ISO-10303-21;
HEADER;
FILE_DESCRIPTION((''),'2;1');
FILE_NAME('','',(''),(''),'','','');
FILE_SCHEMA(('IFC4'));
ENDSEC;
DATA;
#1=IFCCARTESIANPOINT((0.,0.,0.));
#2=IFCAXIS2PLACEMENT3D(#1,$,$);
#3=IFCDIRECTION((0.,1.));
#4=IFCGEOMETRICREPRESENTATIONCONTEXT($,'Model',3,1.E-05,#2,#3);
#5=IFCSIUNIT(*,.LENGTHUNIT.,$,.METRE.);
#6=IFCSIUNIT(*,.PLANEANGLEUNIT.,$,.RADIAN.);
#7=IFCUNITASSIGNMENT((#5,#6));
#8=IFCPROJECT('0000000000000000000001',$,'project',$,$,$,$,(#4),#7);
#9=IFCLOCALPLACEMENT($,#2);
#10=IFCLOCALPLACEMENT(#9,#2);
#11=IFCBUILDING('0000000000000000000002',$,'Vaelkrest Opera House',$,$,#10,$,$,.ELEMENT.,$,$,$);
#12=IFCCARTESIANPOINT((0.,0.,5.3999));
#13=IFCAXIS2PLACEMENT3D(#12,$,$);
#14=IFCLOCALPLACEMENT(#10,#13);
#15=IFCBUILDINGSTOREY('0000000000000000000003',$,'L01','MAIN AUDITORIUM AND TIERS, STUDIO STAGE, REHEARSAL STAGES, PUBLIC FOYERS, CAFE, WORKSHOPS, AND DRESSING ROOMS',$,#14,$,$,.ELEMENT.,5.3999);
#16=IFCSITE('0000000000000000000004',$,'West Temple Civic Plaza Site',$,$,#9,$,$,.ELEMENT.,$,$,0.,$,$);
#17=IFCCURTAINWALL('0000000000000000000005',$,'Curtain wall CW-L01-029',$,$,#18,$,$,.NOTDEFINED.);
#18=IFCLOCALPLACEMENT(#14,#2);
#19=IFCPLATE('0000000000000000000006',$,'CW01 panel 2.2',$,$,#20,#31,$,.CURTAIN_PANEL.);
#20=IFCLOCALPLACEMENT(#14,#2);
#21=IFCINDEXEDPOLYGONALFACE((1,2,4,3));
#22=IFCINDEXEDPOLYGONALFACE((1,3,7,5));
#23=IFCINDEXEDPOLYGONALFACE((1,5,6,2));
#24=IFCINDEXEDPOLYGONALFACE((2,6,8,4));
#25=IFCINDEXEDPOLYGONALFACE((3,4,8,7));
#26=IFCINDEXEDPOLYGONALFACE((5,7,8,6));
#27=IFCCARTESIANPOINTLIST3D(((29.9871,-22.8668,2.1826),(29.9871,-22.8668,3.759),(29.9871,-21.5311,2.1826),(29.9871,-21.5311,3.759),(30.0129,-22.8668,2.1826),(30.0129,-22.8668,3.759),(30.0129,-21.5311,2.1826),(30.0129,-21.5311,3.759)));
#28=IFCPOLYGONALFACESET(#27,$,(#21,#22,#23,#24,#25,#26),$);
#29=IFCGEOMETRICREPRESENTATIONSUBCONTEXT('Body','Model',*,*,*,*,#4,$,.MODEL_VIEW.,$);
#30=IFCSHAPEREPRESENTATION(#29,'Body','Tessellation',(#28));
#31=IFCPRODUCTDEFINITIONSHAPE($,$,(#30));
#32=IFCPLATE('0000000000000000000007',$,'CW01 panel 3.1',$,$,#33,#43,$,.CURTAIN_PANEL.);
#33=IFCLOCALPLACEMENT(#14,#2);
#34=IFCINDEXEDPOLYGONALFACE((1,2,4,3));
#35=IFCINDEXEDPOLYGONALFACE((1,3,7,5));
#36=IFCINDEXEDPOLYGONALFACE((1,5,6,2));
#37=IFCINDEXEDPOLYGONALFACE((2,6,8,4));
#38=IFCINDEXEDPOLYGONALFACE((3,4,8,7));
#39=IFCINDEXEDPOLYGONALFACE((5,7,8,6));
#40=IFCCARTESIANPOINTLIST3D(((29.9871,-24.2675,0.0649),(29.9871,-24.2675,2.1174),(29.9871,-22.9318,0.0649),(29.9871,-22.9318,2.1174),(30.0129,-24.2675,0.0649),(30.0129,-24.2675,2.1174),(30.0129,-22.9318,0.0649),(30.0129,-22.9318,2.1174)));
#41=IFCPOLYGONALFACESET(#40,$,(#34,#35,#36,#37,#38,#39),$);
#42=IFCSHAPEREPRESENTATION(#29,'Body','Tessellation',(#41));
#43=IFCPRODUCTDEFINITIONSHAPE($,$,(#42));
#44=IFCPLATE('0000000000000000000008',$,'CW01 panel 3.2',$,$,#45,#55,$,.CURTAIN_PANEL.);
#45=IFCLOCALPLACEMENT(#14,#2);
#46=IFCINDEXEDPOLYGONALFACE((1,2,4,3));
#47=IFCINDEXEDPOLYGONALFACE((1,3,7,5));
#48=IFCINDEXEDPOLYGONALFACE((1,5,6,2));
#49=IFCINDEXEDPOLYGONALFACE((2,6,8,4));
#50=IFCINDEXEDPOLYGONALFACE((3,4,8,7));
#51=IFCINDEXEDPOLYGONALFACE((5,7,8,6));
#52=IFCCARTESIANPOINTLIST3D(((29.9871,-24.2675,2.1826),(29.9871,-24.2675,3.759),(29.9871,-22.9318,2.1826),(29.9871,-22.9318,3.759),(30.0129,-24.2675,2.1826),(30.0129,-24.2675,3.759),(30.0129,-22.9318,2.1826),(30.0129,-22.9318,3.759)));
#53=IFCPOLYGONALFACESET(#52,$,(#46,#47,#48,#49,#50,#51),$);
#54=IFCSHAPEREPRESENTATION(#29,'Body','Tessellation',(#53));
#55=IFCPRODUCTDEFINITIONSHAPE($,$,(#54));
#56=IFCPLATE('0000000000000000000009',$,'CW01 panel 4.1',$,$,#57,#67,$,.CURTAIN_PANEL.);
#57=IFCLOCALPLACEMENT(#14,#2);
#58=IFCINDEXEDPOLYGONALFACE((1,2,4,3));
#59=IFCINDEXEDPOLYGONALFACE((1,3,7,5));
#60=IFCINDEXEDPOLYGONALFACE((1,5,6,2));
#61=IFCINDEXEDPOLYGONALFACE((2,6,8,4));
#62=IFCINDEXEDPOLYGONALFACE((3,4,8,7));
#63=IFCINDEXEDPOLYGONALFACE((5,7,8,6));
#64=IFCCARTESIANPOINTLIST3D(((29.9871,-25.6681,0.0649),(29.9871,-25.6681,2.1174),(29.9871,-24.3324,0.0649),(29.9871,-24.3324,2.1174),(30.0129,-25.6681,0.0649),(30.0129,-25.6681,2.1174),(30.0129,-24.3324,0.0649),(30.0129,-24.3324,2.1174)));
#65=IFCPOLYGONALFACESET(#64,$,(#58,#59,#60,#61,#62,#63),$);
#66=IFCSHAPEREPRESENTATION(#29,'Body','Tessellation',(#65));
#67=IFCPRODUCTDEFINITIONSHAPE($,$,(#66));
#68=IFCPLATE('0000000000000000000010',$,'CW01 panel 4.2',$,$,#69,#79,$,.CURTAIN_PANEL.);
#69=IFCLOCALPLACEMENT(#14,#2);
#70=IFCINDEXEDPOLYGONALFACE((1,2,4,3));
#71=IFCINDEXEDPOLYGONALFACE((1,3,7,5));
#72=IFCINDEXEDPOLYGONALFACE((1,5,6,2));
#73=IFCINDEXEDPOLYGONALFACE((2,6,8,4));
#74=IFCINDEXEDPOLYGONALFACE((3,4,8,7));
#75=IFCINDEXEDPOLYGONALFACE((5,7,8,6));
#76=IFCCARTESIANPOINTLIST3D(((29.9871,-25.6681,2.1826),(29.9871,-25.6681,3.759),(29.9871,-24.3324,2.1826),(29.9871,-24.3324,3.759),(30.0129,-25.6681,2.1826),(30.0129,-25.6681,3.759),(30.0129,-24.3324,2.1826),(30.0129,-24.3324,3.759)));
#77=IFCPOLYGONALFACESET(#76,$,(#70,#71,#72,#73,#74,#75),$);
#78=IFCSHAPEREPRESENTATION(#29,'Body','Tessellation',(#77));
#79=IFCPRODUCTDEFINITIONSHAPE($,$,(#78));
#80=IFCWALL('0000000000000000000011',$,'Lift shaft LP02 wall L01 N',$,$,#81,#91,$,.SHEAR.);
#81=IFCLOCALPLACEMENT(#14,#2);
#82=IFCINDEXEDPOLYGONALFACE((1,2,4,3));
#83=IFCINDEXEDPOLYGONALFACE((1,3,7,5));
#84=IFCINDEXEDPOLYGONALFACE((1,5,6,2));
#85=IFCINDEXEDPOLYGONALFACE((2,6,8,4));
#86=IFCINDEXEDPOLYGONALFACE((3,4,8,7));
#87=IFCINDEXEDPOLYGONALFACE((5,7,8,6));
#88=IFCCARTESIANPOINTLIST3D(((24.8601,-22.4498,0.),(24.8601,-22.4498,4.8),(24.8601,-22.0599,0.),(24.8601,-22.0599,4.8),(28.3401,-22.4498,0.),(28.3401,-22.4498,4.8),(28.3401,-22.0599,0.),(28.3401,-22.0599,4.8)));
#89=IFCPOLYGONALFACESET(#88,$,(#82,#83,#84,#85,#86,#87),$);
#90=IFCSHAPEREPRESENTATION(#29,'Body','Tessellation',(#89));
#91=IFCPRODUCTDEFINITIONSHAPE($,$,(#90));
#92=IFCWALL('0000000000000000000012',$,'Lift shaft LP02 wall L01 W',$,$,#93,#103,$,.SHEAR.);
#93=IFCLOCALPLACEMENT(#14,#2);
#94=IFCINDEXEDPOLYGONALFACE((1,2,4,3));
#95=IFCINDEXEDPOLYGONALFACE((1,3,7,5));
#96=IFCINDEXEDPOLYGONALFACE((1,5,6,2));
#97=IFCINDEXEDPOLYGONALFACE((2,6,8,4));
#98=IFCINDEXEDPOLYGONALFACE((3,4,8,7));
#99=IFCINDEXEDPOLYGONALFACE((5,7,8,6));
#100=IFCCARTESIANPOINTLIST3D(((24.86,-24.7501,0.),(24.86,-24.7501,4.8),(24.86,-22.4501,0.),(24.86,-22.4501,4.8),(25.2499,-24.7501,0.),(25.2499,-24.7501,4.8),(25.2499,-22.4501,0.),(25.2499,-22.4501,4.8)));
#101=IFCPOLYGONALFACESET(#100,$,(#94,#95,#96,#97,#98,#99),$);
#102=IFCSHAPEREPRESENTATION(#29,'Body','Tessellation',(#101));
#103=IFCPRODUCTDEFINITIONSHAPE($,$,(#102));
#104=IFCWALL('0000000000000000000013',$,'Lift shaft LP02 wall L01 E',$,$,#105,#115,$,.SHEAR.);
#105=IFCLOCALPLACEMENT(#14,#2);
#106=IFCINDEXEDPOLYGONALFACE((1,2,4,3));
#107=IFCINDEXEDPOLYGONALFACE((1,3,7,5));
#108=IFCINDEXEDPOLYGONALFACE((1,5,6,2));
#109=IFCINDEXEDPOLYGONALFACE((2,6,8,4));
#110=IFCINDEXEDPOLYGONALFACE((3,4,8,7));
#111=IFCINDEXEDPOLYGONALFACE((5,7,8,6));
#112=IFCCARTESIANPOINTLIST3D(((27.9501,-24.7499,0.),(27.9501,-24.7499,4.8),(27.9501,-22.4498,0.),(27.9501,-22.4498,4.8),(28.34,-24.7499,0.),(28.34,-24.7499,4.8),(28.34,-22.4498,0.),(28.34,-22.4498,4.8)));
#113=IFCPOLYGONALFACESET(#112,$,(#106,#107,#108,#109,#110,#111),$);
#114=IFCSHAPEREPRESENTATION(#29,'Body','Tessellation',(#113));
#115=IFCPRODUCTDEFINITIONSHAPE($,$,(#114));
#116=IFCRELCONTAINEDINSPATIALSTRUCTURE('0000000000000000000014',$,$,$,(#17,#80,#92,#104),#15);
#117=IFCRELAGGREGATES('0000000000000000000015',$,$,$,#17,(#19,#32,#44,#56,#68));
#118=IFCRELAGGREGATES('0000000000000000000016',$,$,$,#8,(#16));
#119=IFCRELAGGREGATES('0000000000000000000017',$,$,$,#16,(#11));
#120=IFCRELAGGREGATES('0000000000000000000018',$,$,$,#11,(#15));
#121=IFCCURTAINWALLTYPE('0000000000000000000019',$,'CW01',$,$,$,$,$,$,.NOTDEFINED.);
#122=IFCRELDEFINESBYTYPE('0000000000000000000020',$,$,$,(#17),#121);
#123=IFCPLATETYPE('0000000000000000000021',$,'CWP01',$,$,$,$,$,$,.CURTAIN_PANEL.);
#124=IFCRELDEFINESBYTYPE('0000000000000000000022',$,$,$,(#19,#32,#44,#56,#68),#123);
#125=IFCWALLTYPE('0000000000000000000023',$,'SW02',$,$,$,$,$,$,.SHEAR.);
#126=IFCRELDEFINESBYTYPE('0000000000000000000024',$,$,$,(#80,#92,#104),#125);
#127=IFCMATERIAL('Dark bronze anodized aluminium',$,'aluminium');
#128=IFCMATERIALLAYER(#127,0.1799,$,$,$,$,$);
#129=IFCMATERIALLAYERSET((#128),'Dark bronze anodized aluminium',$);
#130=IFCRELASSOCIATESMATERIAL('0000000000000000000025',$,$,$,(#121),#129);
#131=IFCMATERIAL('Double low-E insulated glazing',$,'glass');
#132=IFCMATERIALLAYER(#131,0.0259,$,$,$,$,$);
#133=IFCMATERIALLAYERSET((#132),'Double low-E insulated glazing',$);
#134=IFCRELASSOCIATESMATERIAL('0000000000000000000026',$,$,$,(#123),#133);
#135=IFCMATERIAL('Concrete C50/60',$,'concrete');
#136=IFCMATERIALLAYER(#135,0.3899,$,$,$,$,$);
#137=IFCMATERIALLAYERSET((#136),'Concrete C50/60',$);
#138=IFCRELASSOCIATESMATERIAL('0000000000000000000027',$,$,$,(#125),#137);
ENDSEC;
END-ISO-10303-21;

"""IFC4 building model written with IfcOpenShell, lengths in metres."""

from ifc_helpers import new_model, si_unit, direction, frame, frame_2d, origin, origin_2d, place, context, subcontext, project, spatial, rectangle, extrude, material, layer, layer_set, type_object, element, aggregate, save


model = new_model("IFC4")

# Units and contexts
model_context = context("Model", 3, precision=1e-05, world=origin(), true_north=direction((0.0, 1.0)))
body_context = subcontext(model_context, "Body", "Model", "MODEL_VIEW")
ifc_project = project(units=[si_unit("LENGTHUNIT", "METRE"), si_unit("PLANEANGLEUNIT", "RADIAN")], contexts=[model_context])

# Site, building, storey
site_placement = place(None, origin())
site = spatial("IfcSite", under=ifc_project, at=site_placement, Name="West Temple Civic Plaza Site", CompositionType="ELEMENT", RefElevation=0.0)
building_placement = place(site_placement, origin())
building = spatial("IfcBuilding", under=site, at=building_placement, Name="Vaelkrest Opera House", CompositionType="ELEMENT")
storey_placement = place(building_placement, frame((0.0, 0.0, 5.3999)))
storey = spatial("IfcBuildingStorey", under=building, at=storey_placement, Name="L01", Description="MAIN AUDITORIUM AND TIERS, STUDIO STAGE, REHEARSAL STAGES, PUBLIC FOYERS, CAFE, WORKSHOPS, AND DRESSING ROOMS", CompositionType="ELEMENT", Elevation=5.3999)

# Shared definitions
ifc_material_1 = material(Name="Concrete C50/60", Category="concrete")

# Curtain wall
ifc_material_2 = material(Name="Dark bronze anodized aluminium", Category="aluminium")
ifc_layer_1 = layer(ifc_material_2, 0.1799)
ifc_layer_set_1 = layer_set([ifc_layer_1], Name="Dark bronze anodized aluminium")
curtain_wall_type = type_object("IfcCurtainWallType", Name="CW01", PredefinedType="NOTDEFINED", material=ifc_layer_set_1)
curtain_wall_placement = place(storey_placement, origin())
curtain_wall = element("IfcCurtainWall", 1, at=curtain_wall_placement, inside=storey, type_object=curtain_wall_type, Name="Curtain wall CW-L01-029", PredefinedType="NOTDEFINED")

# Plates
ifc_material_3 = material(Name="Double low-E insulated glazing", Category="glass")
ifc_layer_2 = layer(ifc_material_3, 0.0259)
ifc_layer_set_2 = layer_set([ifc_layer_2], Name="Double low-E insulated glazing")
plate_type = type_object("IfcPlateType", Name="CWP01", PredefinedType="CURTAIN_PANEL", material=ifc_layer_set_2)
plate_1_placement = place(storey_placement, frame((30.0, -22.199, 2.1826), z_axis=(0.0, 0.0, 1.0), x_axis=(0.0, -1.0, 0.0)))
plate_1 = element("IfcPlate", 2, at=plate_1_placement, type_object=plate_type, Name="CW01 panel 2.2", PredefinedType="CURTAIN_PANEL", context=body_context, shape_type="SweptSolid", body=[
    extrude(rectangle(XDim=1.3357, YDim=0.0259, at=origin_2d()), origin(), (0.0, 0.0, 1.0), 1.5764),
])
plate_2_placement = place(storey_placement, frame((30.0, -23.5996, 0.0649), z_axis=(0.0, 0.0, 1.0), x_axis=(0.0, -1.0, 0.0)))
plate_2 = element("IfcPlate", 3, at=plate_2_placement, type_object=plate_type, Name="CW01 panel 3.1", PredefinedType="CURTAIN_PANEL", context=body_context, shape_type="SweptSolid", body=[
    extrude(rectangle(XDim=1.3357, YDim=0.0259, at=origin_2d()), origin(), (0.0, 0.0, 1.0), 2.0525),
])
plate_3_placement = place(storey_placement, frame((30.0, -23.5996, 2.1826), z_axis=(0.0, 0.0, 1.0), x_axis=(0.0, -1.0, 0.0)))
plate_3 = element("IfcPlate", 4, at=plate_3_placement, type_object=plate_type, Name="CW01 panel 3.2", PredefinedType="CURTAIN_PANEL", context=body_context, shape_type="SweptSolid", body=[
    extrude(rectangle(XDim=1.3357, YDim=0.0259, at=origin_2d()), origin(), (0.0, 0.0, 1.0), 1.5764),
])
plate_4_placement = place(storey_placement, frame((30.0, -25.0002, 0.0649), z_axis=(0.0, 0.0, 1.0), x_axis=(0.0, -1.0, 0.0)))
plate_4 = element("IfcPlate", 5, at=plate_4_placement, type_object=plate_type, Name="CW01 panel 4.1", PredefinedType="CURTAIN_PANEL", context=body_context, shape_type="SweptSolid", body=[
    extrude(rectangle(XDim=1.3357, YDim=0.0259, at=origin_2d()), origin(), (0.0, 0.0, 1.0), 2.0525),
])
plate_5_placement = place(storey_placement, frame((30.0, -25.0002, 2.1826), z_axis=(0.0, 0.0, 1.0), x_axis=(0.0, -1.0, 0.0)))
plate_5 = element("IfcPlate", 6, at=plate_5_placement, type_object=plate_type, Name="CW01 panel 4.2", PredefinedType="CURTAIN_PANEL", context=body_context, shape_type="SweptSolid", body=[
    extrude(rectangle(XDim=1.3357, YDim=0.0259, at=origin_2d()), origin(), (0.0, 0.0, 1.0), 1.5764),
])
aggregate(curtain_wall, [plate_1, plate_2, plate_3, plate_4, plate_5])

# Shared definitions
ifc_layer_3 = layer(ifc_material_1, 0.3899)
ifc_layer_set_3 = layer_set([ifc_layer_3], Name="Concrete C50/60")
wall_type = type_object("IfcWallType", Name="SW02", PredefinedType="SHEAR", material=ifc_layer_set_3)

# Walls
wall_1_placement = place(storey_placement, frame((24.8601, -22.2549, 0.0), z_axis=(0.0, 0.0, 1.0), x_axis=(1.0, 0.0, 0.0)))
element("IfcWall", 7, at=wall_1_placement, inside=storey, type_object=wall_type, Name="Lift shaft LP02 wall L01 N", PredefinedType="SHEAR", context=body_context, shape_type="SweptSolid", body=[
    extrude(rectangle(XDim=3.48, YDim=0.3899, at=frame_2d((1.74, 0.0))), origin(), (0.0, 0.0, 1.0), 4.8),
])
for number, where, z_axis, x_axis, name in (
    (8, (25.0549, -24.75, 0.0), (0.0, 0.0, 1.0), (0.0, 1.0, 0.0), "Lift shaft LP02 wall L01 W"),
    (9, (28.145, -22.45, 0.0), (0.0, 0.0, 1.0), (0.0, -1.0, 0.0), "Lift shaft LP02 wall L01 E"),
):
    element("IfcWall", number, at=place(storey_placement, frame(where, z_axis=z_axis, x_axis=x_axis)), inside=storey, type_object=wall_type, Name=name, PredefinedType="SHEAR", context=body_context, shape_type="SweptSolid", body=[
        extrude(rectangle(XDim=2.3, YDim=0.3899, at=frame_2d((1.1499, 0.0))), origin(), (0.0, 0.0, 1.0), 4.8),
    ])

save(model, "model.ifc")
